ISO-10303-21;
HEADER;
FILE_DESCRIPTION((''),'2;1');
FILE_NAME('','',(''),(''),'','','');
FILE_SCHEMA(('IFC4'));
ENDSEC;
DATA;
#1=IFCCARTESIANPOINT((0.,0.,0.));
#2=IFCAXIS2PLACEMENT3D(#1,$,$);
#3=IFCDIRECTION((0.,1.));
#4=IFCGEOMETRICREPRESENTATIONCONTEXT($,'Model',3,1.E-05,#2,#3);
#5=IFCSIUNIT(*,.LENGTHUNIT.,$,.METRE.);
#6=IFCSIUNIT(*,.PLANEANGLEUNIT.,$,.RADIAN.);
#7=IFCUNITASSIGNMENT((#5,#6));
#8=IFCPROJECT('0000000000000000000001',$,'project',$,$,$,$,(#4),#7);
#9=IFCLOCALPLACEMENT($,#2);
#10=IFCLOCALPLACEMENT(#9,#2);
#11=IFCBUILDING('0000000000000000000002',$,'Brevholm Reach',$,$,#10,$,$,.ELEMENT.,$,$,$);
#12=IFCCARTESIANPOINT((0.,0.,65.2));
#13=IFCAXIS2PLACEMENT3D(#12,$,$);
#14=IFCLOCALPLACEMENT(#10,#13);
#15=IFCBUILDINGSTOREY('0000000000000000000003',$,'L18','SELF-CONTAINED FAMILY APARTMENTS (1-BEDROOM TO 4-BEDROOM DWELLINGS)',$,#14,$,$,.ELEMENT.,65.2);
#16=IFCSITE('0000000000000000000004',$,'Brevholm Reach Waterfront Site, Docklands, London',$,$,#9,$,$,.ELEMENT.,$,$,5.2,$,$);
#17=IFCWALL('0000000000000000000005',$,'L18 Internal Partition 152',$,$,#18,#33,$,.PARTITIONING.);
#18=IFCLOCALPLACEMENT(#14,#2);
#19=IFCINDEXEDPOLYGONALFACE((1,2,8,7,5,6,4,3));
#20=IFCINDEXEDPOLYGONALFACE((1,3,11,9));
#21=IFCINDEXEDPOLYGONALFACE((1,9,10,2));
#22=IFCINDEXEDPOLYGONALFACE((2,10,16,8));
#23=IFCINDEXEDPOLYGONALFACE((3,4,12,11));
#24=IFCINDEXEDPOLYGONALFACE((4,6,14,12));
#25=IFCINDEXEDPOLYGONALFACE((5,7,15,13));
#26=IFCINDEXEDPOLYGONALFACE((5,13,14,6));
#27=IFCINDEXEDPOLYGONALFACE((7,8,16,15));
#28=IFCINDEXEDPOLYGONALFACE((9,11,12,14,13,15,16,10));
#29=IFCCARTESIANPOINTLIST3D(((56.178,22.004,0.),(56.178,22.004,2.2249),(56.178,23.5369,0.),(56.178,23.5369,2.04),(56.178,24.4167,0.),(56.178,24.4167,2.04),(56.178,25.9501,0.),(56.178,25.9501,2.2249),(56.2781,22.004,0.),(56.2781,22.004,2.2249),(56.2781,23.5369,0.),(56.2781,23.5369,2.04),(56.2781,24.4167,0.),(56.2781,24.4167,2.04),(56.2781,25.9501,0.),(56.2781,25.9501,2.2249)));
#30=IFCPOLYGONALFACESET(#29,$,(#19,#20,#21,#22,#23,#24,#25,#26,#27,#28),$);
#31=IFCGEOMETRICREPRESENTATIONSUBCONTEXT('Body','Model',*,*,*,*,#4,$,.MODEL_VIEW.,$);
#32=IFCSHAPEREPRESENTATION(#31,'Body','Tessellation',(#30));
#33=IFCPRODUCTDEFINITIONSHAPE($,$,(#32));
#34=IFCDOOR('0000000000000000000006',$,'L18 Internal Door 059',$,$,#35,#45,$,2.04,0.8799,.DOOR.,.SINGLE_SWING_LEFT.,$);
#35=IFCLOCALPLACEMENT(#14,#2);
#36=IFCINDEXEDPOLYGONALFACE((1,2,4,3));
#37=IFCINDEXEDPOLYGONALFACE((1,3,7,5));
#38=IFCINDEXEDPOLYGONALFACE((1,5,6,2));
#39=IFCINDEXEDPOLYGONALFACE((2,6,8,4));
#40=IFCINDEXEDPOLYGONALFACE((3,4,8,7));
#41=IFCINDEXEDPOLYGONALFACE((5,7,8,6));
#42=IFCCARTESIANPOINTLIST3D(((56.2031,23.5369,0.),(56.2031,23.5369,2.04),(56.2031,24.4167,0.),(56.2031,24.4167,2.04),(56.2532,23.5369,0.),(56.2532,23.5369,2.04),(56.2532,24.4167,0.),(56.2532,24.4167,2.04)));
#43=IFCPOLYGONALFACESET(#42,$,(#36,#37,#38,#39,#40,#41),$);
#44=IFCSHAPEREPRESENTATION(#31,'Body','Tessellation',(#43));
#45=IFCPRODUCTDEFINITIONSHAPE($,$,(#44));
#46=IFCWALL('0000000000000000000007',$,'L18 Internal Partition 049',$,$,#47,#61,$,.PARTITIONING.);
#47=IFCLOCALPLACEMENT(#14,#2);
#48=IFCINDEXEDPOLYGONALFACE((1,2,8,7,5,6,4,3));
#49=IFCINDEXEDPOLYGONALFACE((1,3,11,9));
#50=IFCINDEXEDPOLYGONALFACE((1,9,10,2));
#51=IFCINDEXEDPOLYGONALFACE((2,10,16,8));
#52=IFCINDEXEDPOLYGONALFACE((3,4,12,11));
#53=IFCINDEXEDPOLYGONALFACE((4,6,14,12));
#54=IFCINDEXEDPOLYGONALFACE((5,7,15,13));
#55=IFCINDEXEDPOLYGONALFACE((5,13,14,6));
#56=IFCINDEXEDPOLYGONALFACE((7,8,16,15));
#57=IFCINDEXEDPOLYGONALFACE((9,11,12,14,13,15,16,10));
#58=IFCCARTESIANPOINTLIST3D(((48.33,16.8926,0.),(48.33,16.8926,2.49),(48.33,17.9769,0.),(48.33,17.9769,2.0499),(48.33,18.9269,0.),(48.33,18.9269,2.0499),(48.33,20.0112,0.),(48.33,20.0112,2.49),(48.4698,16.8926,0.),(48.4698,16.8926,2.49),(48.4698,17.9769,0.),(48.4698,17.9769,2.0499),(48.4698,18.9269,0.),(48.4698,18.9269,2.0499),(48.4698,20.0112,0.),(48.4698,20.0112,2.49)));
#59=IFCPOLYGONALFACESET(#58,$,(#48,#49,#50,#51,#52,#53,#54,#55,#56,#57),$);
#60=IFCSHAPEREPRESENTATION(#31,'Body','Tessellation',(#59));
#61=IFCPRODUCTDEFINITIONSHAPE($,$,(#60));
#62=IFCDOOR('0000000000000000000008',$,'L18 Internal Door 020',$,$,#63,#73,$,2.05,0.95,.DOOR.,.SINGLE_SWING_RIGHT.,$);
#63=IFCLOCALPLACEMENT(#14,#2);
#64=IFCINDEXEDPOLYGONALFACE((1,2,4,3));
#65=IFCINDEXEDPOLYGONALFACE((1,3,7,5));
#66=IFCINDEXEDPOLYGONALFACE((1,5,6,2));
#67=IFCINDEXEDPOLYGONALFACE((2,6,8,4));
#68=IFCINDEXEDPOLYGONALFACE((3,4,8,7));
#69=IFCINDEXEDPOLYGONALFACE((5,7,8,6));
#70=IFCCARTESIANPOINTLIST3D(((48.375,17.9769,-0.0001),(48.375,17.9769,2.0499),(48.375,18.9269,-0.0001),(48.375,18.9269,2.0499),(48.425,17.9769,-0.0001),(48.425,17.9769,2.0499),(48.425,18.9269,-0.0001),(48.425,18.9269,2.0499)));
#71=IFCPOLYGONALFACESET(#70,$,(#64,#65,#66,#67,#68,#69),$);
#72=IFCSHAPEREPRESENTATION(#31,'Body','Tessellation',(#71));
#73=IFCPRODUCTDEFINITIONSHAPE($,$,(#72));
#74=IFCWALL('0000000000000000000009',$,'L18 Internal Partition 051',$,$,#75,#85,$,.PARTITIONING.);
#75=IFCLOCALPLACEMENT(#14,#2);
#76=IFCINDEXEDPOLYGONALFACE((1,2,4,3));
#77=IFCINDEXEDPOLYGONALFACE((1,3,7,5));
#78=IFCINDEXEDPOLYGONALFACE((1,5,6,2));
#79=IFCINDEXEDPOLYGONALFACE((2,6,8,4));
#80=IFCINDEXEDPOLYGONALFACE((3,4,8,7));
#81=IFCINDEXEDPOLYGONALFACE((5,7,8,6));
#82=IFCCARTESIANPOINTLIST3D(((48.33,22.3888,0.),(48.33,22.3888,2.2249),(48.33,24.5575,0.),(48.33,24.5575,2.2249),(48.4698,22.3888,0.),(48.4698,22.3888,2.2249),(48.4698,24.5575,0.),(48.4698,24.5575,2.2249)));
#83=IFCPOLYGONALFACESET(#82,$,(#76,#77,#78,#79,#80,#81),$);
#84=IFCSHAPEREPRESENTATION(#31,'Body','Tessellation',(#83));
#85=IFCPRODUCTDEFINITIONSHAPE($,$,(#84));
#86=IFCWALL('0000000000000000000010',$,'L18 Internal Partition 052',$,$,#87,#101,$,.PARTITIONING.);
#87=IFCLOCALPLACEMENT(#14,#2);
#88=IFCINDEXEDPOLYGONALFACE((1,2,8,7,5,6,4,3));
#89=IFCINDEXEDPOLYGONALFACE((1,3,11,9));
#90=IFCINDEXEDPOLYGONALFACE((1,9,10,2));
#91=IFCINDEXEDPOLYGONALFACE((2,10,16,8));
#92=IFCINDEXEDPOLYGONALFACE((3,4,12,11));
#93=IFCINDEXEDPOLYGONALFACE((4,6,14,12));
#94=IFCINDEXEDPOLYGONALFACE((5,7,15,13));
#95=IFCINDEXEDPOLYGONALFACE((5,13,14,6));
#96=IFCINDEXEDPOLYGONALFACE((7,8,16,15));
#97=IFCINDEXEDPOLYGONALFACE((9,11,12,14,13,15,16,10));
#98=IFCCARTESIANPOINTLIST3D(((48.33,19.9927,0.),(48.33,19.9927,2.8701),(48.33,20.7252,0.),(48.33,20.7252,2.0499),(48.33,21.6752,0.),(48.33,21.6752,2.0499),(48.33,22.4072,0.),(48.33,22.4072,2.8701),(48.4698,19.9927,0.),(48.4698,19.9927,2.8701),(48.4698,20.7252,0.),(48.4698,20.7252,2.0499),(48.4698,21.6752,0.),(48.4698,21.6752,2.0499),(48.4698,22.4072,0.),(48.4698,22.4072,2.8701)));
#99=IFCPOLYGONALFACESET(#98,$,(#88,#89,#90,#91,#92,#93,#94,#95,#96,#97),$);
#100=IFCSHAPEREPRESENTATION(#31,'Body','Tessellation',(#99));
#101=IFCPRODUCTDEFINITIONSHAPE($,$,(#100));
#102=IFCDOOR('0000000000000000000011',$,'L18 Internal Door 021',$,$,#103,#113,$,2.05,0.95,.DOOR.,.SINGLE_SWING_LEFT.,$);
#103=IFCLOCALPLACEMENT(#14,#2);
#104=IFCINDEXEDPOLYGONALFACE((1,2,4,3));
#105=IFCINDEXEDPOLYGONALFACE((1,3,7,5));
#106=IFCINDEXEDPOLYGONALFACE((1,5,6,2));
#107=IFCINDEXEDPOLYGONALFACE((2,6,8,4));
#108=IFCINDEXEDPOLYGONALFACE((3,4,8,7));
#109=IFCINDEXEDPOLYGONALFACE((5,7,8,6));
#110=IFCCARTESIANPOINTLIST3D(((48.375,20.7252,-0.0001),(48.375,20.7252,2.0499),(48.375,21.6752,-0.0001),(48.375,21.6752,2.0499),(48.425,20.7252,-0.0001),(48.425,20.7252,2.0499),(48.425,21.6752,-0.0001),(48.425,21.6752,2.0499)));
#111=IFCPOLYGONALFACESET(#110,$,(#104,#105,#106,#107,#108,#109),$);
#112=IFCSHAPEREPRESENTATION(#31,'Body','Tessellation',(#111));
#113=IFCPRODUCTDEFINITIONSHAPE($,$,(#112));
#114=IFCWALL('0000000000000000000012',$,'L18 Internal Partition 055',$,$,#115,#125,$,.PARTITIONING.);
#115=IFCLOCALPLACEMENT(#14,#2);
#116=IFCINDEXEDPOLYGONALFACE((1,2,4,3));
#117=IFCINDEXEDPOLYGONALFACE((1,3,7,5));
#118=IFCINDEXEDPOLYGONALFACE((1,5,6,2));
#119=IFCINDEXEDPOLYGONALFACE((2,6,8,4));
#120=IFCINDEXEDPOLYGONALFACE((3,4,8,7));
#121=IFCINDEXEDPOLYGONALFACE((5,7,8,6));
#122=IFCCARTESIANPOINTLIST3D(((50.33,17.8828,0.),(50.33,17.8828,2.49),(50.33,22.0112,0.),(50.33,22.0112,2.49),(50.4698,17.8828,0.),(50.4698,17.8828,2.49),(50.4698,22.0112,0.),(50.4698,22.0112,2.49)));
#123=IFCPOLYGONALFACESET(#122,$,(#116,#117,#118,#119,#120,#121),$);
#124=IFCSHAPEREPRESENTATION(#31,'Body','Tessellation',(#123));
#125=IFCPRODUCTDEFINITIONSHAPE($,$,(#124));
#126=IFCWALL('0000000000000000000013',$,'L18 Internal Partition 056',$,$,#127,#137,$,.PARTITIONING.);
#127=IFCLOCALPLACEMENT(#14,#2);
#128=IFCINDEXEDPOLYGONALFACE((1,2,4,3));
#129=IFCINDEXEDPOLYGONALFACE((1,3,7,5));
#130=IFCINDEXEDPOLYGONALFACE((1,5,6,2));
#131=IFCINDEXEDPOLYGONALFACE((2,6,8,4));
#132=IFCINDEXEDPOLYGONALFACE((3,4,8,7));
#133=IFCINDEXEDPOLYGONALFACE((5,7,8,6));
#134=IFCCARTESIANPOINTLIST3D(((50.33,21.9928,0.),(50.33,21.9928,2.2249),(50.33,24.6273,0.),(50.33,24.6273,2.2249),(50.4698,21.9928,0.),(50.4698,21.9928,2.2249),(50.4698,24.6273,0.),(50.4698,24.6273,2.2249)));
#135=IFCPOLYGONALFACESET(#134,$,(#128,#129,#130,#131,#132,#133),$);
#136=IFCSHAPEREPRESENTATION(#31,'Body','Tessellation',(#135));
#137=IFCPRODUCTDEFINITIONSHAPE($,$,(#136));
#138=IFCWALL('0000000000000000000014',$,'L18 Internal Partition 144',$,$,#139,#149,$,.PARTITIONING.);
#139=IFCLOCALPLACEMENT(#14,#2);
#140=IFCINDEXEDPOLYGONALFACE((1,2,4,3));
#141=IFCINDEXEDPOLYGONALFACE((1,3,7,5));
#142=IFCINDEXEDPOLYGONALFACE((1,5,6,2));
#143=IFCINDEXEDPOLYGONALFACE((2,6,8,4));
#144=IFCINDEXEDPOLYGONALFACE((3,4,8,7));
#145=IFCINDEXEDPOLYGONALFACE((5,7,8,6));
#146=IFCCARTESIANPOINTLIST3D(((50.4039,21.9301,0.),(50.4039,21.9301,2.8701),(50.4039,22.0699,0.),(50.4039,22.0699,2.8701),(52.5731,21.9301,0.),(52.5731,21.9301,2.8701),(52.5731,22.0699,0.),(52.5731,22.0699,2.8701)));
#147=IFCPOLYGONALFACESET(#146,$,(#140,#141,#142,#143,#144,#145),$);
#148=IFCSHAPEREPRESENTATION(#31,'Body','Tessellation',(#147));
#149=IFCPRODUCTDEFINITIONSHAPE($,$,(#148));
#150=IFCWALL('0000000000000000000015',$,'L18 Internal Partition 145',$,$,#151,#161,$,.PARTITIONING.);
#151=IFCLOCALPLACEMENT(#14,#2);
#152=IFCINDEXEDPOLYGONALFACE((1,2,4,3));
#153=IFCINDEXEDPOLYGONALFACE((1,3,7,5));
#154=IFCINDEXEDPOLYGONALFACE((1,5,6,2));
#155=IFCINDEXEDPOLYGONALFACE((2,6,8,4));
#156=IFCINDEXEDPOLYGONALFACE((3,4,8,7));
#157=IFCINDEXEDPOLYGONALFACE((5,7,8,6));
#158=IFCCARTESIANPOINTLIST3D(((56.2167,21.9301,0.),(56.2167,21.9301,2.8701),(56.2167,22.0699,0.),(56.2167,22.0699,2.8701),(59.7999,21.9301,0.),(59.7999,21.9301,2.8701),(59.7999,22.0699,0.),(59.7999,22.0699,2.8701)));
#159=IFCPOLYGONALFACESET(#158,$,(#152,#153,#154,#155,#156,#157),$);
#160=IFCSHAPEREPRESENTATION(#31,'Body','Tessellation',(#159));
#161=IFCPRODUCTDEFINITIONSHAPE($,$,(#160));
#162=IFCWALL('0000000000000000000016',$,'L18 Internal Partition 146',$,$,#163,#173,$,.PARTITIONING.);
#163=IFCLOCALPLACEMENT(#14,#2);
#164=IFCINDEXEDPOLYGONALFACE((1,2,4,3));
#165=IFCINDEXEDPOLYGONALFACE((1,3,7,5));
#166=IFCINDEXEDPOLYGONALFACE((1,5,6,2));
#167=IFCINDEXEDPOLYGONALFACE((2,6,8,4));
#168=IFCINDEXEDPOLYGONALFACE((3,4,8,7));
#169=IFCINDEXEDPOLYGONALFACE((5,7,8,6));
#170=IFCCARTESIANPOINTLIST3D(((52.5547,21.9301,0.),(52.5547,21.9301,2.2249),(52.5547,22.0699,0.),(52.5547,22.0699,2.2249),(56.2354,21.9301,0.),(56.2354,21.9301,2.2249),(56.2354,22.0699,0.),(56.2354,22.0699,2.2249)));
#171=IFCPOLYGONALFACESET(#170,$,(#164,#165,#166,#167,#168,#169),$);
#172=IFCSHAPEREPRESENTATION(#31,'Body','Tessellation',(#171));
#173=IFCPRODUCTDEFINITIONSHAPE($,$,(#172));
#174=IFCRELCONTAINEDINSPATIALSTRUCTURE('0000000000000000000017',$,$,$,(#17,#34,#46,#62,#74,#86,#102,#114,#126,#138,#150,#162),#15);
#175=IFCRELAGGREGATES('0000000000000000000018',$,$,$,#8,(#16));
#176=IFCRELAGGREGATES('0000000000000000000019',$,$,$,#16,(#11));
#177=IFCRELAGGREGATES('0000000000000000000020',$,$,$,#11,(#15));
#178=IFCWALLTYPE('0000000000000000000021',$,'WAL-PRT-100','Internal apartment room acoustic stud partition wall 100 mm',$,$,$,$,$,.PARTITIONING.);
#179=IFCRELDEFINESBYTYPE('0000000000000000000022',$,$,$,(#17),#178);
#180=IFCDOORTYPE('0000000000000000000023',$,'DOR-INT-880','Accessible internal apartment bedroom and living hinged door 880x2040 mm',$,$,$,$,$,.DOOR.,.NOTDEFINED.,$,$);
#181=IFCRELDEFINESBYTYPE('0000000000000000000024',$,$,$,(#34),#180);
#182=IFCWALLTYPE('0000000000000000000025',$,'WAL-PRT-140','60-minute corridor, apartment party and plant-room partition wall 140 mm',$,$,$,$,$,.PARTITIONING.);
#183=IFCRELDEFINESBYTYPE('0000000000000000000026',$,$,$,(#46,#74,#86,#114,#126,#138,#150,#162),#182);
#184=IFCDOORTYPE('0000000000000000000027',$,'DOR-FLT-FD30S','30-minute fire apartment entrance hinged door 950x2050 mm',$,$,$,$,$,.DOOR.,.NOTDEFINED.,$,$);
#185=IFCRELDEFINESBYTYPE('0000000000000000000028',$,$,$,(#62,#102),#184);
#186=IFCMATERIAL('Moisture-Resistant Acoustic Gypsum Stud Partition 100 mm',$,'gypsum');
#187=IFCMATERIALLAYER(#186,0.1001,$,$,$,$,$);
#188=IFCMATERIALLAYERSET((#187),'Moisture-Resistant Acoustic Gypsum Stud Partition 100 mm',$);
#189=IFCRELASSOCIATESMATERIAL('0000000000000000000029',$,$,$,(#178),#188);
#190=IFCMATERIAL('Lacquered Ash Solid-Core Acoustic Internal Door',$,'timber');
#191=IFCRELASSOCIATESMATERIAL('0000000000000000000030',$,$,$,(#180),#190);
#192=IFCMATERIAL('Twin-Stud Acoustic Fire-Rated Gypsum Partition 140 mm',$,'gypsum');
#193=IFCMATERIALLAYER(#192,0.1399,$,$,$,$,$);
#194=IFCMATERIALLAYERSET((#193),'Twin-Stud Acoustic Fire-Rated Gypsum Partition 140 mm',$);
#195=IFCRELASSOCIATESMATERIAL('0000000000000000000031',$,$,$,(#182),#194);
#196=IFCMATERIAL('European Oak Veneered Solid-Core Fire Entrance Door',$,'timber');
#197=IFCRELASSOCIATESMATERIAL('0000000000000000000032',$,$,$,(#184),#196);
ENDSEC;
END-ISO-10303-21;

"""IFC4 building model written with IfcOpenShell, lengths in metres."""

from ifc_helpers import new_model, si_unit, direction, frame, frame_2d, origin, place, context, subcontext, project, spatial, rectangle, extrude, material, layer, layer_set, type_object, element, fill, save


model = new_model("IFC4")

# Units and contexts
model_context = context("Model", 3, precision=1e-05, world=origin(), true_north=direction((0.0, 1.0)))
body_context = subcontext(model_context, "Body", "Model", "MODEL_VIEW")
ifc_project = project(units=[si_unit("LENGTHUNIT", "METRE"), si_unit("PLANEANGLEUNIT", "RADIAN")], contexts=[model_context])

# Site, building, storey
site_placement = place(None, origin())
site = spatial("IfcSite", under=ifc_project, at=site_placement, Name="Brevholm Reach Waterfront Site, Docklands, London", CompositionType="ELEMENT", RefElevation=5.2)
building_placement = place(site_placement, origin())
building = spatial("IfcBuilding", under=site, at=building_placement, Name="Brevholm Reach", CompositionType="ELEMENT")
storey_placement = place(building_placement, frame((0.0, 0.0, 65.2)))
storey = spatial("IfcBuildingStorey", under=building, at=storey_placement, Name="L18", Description="SELF-CONTAINED FAMILY APARTMENTS (1-BEDROOM TO 4-BEDROOM DWELLINGS)", CompositionType="ELEMENT", Elevation=65.2)

# Shared definitions
ifc_material_1 = material(Name="Moisture-Resistant Acoustic Gypsum Stud Partition 100 mm", Category="gypsum")
ifc_layer_1 = layer(ifc_material_1, 0.1001)
ifc_layer_set_1 = layer_set([ifc_layer_1], Name="Moisture-Resistant Acoustic Gypsum Stud Partition 100 mm")
wall_type_1 = type_object("IfcWallType", Name="WAL-PRT-100", Description="Internal apartment room acoustic stud partition wall 100 mm", PredefinedType="PARTITIONING", material=ifc_layer_set_1)

# Walls, openings, doors
ifc_material_2 = material(Name="Lacquered Ash Solid-Core Acoustic Internal Door", Category="timber")
door_type_1 = type_object("IfcDoorType", Name="DOR-INT-880", Description="Accessible internal apartment bedroom and living hinged door 880x2040 mm", OperationType="NOTDEFINED", PredefinedType="DOOR", material=ifc_material_2)
wall_1_placement = place(storey_placement, frame((56.228, 22.0039, 0.0), z_axis=(0.0, 0.0, 1.0), x_axis=(0.0, 1.0, 0.0)))
wall_1 = element("IfcWall", 1, at=wall_1_placement, inside=storey, type_object=wall_type_1, Name="L18 Internal Partition 152", PredefinedType="PARTITIONING", context=body_context, shape_type="SweptSolid", body=[
    extrude(rectangle(XDim=3.946, YDim=0.1001, at=frame_2d((1.9731, 0.0))), origin(), (0.0, 0.0, 1.0), 2.2249),
])
opening_1_placement = place(wall_1_placement, frame((1.533, 0.0, 0.0)))
opening_1 = element("IfcOpeningElement", 2, at=opening_1_placement, cuts=wall_1, PredefinedType="OPENING", context=body_context, shape_type="SweptSolid", body=[
    extrude(rectangle(XDim=0.8799, YDim=2.04, at=frame_2d((0.4399, 1.02))), frame((0.0, 0.0601, 0.0), z_axis=(0.0, -1.0, 0.0), x_axis=(1.0, 0.0, 0.0)), (0.0, 0.0, 1.0), 0.1201),
])
door_1_placement = place(opening_1_placement, origin())
door_1 = element("IfcDoor", 3, at=door_1_placement, inside=storey, type_object=door_type_1, Name="L18 Internal Door 059", OperationType="SINGLE_SWING_LEFT", OverallHeight=2.04, OverallWidth=0.8799, PredefinedType="DOOR", context=body_context, shape_type="SweptSolid", body=[
    extrude(rectangle(XDim=0.8799, YDim=2.04, at=frame_2d((0.4399, 1.02))), frame((0.0, 0.0249, 0.0), z_axis=(0.0, -1.0, 0.0), x_axis=(1.0, 0.0, 0.0)), (0.0, 0.0, 1.0), 0.05),
])
fill(opening_1, door_1)
ifc_material_3 = material(Name="Twin-Stud Acoustic Fire-Rated Gypsum Partition 140 mm", Category="gypsum")
ifc_layer_2 = layer(ifc_material_3, 0.1399)
ifc_layer_set_2 = layer_set([ifc_layer_2], Name="Twin-Stud Acoustic Fire-Rated Gypsum Partition 140 mm")
wall_type_2 = type_object("IfcWallType", Name="WAL-PRT-140", Description="60-minute corridor, apartment party and plant-room partition wall 140 mm", PredefinedType="PARTITIONING", material=ifc_layer_set_2)
wall_2_placement = place(storey_placement, frame((48.3999, 16.8926, 0.0), z_axis=(0.0, 0.0, 1.0), x_axis=(0.0, 1.0, 0.0)))
wall_2 = element("IfcWall", 4, at=wall_2_placement, inside=storey, type_object=wall_type_2, Name="L18 Internal Partition 049", PredefinedType="PARTITIONING", context=body_context, shape_type="SweptSolid", body=[
    extrude(rectangle(XDim=3.1187, YDim=0.1399, at=frame_2d((1.5593, 0.0))), origin(), (0.0, 0.0, 1.0), 2.49),
])
opening_2_placement = place(wall_2_placement, frame((1.0842, 0.0, 0.0)))
opening_2 = element("IfcOpeningElement", 5, at=opening_2_placement, cuts=wall_2, PredefinedType="OPENING", context=body_context, shape_type="SweptSolid", body=[
    extrude(rectangle(XDim=0.95, YDim=2.05, at=frame_2d((0.4751, 1.0249))), frame((0.0, 0.0798, 0.0), z_axis=(0.0, -1.0, 0.0), x_axis=(1.0, 0.0, 0.0)), (0.0, 0.0, 1.0), 0.1599),
])
ifc_material_4 = material(Name="European Oak Veneered Solid-Core Fire Entrance Door", Category="timber")
door_type_2 = type_object("IfcDoorType", Name="DOR-FLT-FD30S", Description="30-minute fire apartment entrance hinged door 950x2050 mm", OperationType="NOTDEFINED", PredefinedType="DOOR", material=ifc_material_4)
door_2_placement = place(opening_2_placement, origin())
door_2 = element("IfcDoor", 6, at=door_2_placement, inside=storey, type_object=door_type_2, Name="L18 Internal Door 020", OperationType="SINGLE_SWING_RIGHT", OverallHeight=2.05, OverallWidth=0.95, PredefinedType="DOOR", context=body_context, shape_type="SweptSolid", body=[
    extrude(rectangle(XDim=0.95, YDim=2.05, at=frame_2d((0.4751, 1.0249))), frame((0.0, 0.0249, 0.0), z_axis=(0.0, -1.0, 0.0), x_axis=(1.0, 0.0, 0.0)), (0.0, 0.0, 1.0), 0.05),
])
fill(opening_2, door_2)

# Wall
wall_3_placement = place(storey_placement, frame((48.3999, 22.3887, 0.0), z_axis=(0.0, 0.0, 1.0), x_axis=(0.0, 1.0, 0.0)))
element("IfcWall", 7, at=wall_3_placement, inside=storey, type_object=wall_type_2, Name="L18 Internal Partition 051", PredefinedType="PARTITIONING", context=body_context, shape_type="SweptSolid", body=[
    extrude(rectangle(XDim=2.1687, YDim=0.1399, at=frame_2d((1.0845, 0.0))), origin(), (0.0, 0.0, 1.0), 2.2249),
])

# Wall, opening, door
wall_4_placement = place(storey_placement, frame((48.3999, 19.9927, 0.0), z_axis=(0.0, 0.0, 1.0), x_axis=(0.0, 1.0, 0.0)))
wall_4 = element("IfcWall", 8, at=wall_4_placement, inside=storey, type_object=wall_type_2, Name="L18 Internal Partition 052", PredefinedType="PARTITIONING", context=body_context, shape_type="SweptSolid", body=[
    extrude(rectangle(XDim=2.4146, YDim=0.1399, at=frame_2d((1.2073, 0.0))), origin(), (0.0, 0.0, 1.0), 2.8701),
])
opening_3_placement = place(wall_4_placement, frame((0.7324, 0.0, 0.0)))
opening_3 = element("IfcOpeningElement", 9, at=opening_3_placement, cuts=wall_4, PredefinedType="OPENING", context=body_context, shape_type="SweptSolid", body=[
    extrude(rectangle(XDim=0.95, YDim=2.05, at=frame_2d((0.4751, 1.0249))), frame((0.0, 0.0798, 0.0), z_axis=(0.0, -1.0, 0.0), x_axis=(1.0, 0.0, 0.0)), (0.0, 0.0, 1.0), 0.1599),
])
door_3_placement = place(opening_3_placement, origin())
door_3 = element("IfcDoor", 10, at=door_3_placement, inside=storey, type_object=door_type_2, Name="L18 Internal Door 021", OperationType="SINGLE_SWING_LEFT", OverallHeight=2.05, OverallWidth=0.95, PredefinedType="DOOR", context=body_context, shape_type="SweptSolid", body=[
    extrude(rectangle(XDim=0.95, YDim=2.05, at=frame_2d((0.4751, 1.0249))), frame((0.0, 0.0249, 0.0), z_axis=(0.0, -1.0, 0.0), x_axis=(1.0, 0.0, 0.0)), (0.0, 0.0, 1.0), 0.05),
])
fill(opening_3, door_3)

# Walls
wall_5_placement = place(storey_placement, frame((50.3999, 17.8828, 0.0), z_axis=(0.0, 0.0, 1.0), x_axis=(0.0, 1.0, 0.0)))
element("IfcWall", 11, at=wall_5_placement, inside=storey, type_object=wall_type_2, Name="L18 Internal Partition 055", PredefinedType="PARTITIONING", context=body_context, shape_type="SweptSolid", body=[
    extrude(rectangle(XDim=4.1284, YDim=0.1399, at=frame_2d((2.0642, 0.0))), origin(), (0.0, 0.0, 1.0), 2.49),
])
wall_6_placement = place(storey_placement, frame((50.3999, 21.9927, 0.0), z_axis=(0.0, 0.0, 1.0), x_axis=(0.0, 1.0, 0.0)))
element("IfcWall", 12, at=wall_6_placement, inside=storey, type_object=wall_type_2, Name="L18 Internal Partition 056", PredefinedType="PARTITIONING", context=body_context, shape_type="SweptSolid", body=[
    extrude(rectangle(XDim=2.6345, YDim=0.1399, at=frame_2d((1.3174, 0.0))), origin(), (0.0, 0.0, 1.0), 2.2249),
])
wall_7_placement = place(storey_placement, frame((50.4041, 22.0, 0.0), z_axis=(0.0, 0.0, 1.0), x_axis=(1.0, 0.0, 0.0)))
element("IfcWall", 13, at=wall_7_placement, inside=storey, type_object=wall_type_2, Name="L18 Internal Partition 144", PredefinedType="PARTITIONING", context=body_context, shape_type="SweptSolid", body=[
    extrude(rectangle(XDim=2.1692, YDim=0.1399, at=frame_2d((1.0845, 0.0))), origin(), (0.0, 0.0, 1.0), 2.8701),
])
wall_8_placement = place(storey_placement, frame((56.2168, 22.0, 0.0), z_axis=(0.0, 0.0, 1.0), x_axis=(1.0, 0.0, 0.0)))
element("IfcWall", 14, at=wall_8_placement, inside=storey, type_object=wall_type_2, Name="L18 Internal Partition 145", PredefinedType="PARTITIONING", context=body_context, shape_type="SweptSolid", body=[
    extrude(rectangle(XDim=3.5833, YDim=0.1399, at=frame_2d((1.7915, 0.0))), origin(), (0.0, 0.0, 1.0), 2.8701),
])
wall_9_placement = place(storey_placement, frame((52.5547, 22.0, 0.0), z_axis=(0.0, 0.0, 1.0), x_axis=(1.0, 0.0, 0.0)))
element("IfcWall", 15, at=wall_9_placement, inside=storey, type_object=wall_type_2, Name="L18 Internal Partition 146", PredefinedType="PARTITIONING", context=body_context, shape_type="SweptSolid", body=[
    extrude(rectangle(XDim=3.6807, YDim=0.1399, at=frame_2d((1.8403, 0.0))), origin(), (0.0, 0.0, 1.0), 2.2249),
])

save(model, "model.ifc")
